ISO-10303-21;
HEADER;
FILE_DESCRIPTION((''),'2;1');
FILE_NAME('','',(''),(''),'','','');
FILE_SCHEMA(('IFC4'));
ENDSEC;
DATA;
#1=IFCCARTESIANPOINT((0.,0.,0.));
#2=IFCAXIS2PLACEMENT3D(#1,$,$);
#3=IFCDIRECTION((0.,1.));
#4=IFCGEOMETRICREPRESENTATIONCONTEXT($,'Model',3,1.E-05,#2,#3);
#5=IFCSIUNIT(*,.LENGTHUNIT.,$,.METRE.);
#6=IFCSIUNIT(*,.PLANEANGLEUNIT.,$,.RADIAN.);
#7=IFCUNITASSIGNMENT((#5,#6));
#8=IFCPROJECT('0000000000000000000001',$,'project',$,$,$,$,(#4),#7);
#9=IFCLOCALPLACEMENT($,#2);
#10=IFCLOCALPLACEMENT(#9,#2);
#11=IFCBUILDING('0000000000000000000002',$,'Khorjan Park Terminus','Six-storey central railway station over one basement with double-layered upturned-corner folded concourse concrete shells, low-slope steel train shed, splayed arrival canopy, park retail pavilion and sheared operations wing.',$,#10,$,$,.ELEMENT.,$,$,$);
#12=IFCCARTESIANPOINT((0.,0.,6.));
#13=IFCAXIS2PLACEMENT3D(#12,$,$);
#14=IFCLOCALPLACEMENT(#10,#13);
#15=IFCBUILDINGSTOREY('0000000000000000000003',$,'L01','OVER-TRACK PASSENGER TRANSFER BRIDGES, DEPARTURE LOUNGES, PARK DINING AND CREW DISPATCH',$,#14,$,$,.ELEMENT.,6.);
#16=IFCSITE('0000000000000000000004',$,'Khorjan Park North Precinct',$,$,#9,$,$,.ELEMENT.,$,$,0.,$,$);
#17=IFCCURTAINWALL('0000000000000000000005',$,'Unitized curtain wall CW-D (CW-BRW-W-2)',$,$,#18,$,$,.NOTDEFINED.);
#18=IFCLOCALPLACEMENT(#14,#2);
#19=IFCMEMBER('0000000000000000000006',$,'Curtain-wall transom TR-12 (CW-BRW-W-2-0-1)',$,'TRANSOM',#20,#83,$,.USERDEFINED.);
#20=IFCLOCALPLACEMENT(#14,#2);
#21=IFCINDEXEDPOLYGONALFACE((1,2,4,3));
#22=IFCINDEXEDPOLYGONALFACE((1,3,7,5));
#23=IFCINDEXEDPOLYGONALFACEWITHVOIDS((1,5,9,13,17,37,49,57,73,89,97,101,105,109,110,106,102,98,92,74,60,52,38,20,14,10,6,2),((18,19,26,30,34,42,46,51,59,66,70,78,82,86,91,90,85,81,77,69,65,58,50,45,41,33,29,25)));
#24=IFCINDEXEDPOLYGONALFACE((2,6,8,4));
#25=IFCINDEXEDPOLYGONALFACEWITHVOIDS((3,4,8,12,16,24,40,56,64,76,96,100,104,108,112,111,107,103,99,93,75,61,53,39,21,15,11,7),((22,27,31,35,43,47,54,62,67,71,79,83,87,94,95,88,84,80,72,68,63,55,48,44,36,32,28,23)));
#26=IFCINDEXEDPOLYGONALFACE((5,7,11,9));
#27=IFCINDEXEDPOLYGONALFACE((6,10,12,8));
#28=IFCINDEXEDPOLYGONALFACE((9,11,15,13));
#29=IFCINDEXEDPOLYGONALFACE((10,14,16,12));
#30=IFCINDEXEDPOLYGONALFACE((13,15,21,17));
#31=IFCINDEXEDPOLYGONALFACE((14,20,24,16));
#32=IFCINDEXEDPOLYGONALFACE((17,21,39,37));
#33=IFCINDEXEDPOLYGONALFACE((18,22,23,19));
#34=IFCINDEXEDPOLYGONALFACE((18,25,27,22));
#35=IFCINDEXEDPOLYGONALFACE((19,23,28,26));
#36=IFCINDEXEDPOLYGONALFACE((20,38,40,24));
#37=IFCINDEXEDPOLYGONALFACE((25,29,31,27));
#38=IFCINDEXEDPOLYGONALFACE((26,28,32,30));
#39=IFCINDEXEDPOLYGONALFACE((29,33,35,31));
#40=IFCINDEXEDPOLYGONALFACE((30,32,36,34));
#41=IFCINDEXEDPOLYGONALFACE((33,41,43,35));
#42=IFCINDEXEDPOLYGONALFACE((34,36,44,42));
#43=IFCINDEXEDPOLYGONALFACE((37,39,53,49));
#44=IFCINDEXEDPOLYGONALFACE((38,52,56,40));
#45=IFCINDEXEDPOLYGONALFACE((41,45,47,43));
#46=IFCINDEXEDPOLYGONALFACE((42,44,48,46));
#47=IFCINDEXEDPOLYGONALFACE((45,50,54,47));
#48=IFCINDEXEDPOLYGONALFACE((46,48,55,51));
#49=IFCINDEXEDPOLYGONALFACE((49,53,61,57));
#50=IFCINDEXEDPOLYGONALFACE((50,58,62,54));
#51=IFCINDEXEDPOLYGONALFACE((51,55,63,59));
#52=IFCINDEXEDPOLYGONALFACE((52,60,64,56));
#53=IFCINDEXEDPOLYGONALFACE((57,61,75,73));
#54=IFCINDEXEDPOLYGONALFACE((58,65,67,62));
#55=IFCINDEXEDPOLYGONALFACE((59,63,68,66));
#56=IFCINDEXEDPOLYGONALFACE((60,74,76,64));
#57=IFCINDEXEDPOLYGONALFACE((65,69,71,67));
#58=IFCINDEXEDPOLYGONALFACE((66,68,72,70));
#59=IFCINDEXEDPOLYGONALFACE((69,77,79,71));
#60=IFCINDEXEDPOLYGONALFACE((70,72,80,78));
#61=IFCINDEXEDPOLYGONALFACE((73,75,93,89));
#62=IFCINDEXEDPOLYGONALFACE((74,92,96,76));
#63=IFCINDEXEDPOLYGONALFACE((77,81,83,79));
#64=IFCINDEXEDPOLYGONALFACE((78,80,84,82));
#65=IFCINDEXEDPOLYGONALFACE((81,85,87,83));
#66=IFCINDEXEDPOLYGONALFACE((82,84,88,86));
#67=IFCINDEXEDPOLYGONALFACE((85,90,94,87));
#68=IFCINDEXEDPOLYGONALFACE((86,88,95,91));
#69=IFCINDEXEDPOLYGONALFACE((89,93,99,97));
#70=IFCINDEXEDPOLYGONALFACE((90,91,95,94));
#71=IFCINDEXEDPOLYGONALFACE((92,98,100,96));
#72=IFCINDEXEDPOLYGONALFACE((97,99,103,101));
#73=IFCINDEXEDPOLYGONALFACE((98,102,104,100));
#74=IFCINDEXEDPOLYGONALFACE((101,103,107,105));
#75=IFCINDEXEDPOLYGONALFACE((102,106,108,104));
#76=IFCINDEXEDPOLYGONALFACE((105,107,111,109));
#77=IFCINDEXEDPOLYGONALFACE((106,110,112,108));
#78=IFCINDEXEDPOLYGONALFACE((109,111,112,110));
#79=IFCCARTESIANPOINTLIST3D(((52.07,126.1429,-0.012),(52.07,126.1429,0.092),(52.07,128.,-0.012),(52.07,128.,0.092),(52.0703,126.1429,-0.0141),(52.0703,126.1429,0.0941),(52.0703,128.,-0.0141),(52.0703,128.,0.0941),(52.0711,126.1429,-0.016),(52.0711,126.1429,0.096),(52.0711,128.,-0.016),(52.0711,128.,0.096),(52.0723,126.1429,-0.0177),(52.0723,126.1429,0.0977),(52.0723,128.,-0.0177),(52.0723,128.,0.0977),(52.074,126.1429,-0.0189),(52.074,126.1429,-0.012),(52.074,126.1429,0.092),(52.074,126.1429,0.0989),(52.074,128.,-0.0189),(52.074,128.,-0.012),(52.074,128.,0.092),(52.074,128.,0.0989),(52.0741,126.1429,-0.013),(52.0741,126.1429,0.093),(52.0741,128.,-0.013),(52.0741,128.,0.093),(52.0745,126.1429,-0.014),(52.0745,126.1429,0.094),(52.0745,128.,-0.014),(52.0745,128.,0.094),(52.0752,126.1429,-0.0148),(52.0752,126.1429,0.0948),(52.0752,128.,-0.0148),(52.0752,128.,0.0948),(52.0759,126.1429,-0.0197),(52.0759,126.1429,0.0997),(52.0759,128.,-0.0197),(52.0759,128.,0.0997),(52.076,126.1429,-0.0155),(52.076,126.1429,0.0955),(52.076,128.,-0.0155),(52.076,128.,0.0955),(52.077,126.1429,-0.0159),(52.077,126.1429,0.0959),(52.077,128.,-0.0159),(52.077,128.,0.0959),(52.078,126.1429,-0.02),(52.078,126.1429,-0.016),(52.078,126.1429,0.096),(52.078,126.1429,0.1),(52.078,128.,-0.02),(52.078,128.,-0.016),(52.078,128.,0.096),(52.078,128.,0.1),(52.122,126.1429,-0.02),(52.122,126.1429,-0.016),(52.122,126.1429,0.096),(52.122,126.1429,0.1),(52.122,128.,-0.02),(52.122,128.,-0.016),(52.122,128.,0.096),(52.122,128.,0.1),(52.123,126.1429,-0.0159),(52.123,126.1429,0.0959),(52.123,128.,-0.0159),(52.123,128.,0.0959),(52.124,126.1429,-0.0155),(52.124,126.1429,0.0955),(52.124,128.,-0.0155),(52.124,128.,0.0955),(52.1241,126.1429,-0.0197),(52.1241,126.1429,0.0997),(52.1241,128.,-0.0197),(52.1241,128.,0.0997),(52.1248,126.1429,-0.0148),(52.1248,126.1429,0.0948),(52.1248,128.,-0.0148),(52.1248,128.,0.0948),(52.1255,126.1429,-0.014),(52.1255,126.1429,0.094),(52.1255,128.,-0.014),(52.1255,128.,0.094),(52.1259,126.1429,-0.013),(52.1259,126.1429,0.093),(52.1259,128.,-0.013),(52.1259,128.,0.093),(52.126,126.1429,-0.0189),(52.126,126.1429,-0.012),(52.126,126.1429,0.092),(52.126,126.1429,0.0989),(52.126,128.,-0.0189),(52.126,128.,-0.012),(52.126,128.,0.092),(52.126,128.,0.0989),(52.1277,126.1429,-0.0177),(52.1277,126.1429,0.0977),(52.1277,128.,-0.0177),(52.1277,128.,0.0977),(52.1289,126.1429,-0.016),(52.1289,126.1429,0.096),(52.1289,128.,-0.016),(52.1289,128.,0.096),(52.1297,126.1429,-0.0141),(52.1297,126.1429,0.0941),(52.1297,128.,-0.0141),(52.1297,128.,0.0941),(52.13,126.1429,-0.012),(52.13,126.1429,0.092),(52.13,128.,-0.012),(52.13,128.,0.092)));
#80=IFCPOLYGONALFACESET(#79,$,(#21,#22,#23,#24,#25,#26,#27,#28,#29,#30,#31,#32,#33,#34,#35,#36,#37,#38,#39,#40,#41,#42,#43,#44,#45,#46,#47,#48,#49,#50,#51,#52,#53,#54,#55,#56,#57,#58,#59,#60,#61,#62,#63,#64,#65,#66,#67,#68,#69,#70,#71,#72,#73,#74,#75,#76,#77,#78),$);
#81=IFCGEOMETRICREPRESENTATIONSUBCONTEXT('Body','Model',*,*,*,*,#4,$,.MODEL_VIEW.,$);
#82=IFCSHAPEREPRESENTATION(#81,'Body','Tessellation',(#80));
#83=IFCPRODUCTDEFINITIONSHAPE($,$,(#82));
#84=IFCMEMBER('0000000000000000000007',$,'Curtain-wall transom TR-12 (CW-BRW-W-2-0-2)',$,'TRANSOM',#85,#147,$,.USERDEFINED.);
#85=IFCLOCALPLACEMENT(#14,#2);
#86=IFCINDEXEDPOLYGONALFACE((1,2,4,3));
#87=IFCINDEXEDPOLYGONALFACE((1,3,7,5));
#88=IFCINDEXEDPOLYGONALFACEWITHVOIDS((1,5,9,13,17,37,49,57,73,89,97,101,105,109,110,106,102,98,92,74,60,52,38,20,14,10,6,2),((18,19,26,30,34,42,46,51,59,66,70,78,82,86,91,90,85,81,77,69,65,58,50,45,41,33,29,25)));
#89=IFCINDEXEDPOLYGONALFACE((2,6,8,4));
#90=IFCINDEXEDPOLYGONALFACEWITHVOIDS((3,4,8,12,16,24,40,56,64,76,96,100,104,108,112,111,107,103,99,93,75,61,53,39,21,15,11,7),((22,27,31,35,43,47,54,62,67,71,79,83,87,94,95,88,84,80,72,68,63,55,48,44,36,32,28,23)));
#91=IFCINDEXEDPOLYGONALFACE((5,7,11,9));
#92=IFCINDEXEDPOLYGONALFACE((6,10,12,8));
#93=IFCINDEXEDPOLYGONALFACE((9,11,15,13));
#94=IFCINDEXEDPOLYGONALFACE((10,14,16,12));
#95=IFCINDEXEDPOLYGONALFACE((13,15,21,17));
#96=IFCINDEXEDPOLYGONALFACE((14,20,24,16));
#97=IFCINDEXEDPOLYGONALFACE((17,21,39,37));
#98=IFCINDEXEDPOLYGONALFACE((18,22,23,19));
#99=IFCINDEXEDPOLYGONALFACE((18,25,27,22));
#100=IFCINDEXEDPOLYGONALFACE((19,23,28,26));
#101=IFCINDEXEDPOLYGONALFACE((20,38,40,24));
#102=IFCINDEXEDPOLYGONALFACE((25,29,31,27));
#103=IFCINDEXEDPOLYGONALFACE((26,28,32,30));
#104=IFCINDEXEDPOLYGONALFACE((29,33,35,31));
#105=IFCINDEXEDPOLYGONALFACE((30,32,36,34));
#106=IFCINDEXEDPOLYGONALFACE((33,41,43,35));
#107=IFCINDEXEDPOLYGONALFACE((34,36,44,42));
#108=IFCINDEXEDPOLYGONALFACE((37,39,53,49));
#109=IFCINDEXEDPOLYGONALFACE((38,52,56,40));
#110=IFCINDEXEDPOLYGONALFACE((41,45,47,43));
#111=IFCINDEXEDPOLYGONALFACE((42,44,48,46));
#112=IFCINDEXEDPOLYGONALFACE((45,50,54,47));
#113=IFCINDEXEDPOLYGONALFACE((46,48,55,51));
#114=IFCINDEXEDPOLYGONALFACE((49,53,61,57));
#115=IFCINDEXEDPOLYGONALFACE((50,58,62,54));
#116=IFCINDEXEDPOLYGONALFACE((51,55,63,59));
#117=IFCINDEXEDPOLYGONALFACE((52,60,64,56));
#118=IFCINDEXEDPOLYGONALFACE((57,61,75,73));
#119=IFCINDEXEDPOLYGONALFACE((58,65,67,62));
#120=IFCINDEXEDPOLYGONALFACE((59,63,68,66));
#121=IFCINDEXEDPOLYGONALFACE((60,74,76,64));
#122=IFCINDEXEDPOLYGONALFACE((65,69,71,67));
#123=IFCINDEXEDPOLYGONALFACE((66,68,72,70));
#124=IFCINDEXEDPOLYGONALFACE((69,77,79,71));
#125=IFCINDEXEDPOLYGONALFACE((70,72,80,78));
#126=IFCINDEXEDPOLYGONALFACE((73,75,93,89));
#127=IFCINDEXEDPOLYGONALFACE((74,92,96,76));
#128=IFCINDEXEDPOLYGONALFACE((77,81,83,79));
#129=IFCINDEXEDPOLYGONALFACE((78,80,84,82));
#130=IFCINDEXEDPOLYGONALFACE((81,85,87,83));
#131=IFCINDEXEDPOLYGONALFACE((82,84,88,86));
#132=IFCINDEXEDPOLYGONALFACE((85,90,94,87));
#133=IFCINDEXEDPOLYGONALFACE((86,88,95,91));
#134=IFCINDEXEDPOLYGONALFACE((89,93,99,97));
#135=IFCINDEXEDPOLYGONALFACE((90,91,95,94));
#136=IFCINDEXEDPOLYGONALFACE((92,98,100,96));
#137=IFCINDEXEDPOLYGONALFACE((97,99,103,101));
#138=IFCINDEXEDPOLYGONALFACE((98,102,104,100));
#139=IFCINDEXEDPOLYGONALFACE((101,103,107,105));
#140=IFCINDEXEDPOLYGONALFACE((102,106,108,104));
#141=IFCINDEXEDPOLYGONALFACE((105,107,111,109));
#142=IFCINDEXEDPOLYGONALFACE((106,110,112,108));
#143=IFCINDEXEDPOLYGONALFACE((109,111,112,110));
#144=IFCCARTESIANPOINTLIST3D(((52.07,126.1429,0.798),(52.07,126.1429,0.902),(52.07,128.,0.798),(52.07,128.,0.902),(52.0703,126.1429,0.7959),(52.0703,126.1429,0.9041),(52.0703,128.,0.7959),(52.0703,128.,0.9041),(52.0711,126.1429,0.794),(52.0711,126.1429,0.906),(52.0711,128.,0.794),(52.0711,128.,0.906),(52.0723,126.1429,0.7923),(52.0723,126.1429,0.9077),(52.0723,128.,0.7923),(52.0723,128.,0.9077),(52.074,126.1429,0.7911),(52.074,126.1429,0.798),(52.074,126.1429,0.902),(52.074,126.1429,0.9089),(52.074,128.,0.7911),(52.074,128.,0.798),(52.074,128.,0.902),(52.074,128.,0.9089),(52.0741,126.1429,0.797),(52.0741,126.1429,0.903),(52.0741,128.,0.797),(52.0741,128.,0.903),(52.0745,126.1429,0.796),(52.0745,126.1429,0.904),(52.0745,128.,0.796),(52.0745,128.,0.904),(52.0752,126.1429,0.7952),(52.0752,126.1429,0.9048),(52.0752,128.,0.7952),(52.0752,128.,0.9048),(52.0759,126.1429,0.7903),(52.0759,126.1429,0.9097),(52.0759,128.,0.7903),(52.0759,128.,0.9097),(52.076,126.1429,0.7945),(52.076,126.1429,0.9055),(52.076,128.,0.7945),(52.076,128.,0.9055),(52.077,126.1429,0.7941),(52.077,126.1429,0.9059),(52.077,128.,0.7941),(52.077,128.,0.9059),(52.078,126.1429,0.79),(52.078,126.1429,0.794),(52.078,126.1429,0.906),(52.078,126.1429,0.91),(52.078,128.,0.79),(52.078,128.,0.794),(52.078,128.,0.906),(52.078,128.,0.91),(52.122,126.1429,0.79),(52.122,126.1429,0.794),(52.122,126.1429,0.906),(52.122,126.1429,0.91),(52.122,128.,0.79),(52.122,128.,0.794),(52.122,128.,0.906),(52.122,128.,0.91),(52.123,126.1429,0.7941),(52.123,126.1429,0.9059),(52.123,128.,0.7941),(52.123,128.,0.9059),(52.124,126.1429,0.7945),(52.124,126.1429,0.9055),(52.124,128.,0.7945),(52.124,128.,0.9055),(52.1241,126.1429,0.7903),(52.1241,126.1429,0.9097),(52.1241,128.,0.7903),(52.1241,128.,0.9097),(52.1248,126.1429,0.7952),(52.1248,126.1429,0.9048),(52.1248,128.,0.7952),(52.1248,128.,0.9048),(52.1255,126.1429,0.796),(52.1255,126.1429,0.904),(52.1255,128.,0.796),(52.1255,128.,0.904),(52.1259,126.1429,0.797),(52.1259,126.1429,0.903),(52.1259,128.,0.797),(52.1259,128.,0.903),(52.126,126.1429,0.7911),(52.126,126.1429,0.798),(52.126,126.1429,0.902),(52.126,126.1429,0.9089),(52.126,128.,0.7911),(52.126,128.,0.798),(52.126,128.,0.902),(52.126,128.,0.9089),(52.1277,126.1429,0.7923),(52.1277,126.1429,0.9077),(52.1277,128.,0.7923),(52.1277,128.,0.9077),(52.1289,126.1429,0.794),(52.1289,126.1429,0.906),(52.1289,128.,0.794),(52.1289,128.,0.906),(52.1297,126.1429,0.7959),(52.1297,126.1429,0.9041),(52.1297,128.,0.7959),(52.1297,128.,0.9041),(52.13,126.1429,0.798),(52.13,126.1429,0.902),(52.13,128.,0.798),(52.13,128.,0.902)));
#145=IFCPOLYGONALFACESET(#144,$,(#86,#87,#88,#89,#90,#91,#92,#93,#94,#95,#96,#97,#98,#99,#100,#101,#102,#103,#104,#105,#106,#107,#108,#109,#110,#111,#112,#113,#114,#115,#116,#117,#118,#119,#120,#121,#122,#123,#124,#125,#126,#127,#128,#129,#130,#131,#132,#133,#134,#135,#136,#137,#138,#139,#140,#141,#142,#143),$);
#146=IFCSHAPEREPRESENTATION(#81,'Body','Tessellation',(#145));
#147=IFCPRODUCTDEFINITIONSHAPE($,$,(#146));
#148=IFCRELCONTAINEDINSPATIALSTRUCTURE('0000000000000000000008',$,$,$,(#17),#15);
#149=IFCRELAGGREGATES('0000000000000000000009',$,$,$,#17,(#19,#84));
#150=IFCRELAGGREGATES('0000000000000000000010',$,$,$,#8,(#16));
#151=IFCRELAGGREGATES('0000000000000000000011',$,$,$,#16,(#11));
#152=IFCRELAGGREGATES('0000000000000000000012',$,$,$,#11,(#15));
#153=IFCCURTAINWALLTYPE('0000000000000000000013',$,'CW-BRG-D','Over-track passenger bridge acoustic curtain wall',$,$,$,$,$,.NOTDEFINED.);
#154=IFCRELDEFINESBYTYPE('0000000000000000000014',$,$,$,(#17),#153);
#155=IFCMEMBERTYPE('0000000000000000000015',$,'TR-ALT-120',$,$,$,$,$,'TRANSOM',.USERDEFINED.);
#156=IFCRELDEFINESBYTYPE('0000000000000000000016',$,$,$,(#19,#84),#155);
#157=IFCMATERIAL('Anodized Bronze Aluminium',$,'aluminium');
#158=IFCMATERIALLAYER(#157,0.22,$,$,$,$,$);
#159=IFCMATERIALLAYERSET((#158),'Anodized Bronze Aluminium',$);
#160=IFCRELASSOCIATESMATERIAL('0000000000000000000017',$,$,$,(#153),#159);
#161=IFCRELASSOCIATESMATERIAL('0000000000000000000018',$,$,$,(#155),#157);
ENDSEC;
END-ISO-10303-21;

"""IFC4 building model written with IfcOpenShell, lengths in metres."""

from ifc_helpers import new_model, si_unit, direction, frame, origin, origin_2d, place, context, subcontext, project, spatial, hollow_rectangle, extrude, material, layer, layer_set, material_profile, profile_set, type_object, element, aggregate, save


model = new_model("IFC4")

# Units and contexts
model_context = context("Model", 3, precision=1e-05, world=origin(), true_north=direction((0.0, 1.0)))
body_context = subcontext(model_context, "Body", "Model", "MODEL_VIEW")
ifc_project = project(units=[si_unit("LENGTHUNIT", "METRE"), si_unit("PLANEANGLEUNIT", "RADIAN")], contexts=[model_context])

# Site, building, storey
site_placement = place(None, origin())
site = spatial("IfcSite", under=ifc_project, at=site_placement, Name="Khorjan Park North Precinct", CompositionType="ELEMENT", RefElevation=0.0)
building_placement = place(site_placement, origin())
building = spatial("IfcBuilding", under=site, at=building_placement, Name="Khorjan Park Terminus", Description="Six-storey central railway station over one basement with double-layered upturned-corner folded concourse concrete shells, low-slope steel train shed, splayed arrival canopy, park retail pavilion and sheared operations wing.", CompositionType="ELEMENT")
storey_placement = place(building_placement, frame((0.0, 0.0, 6.0)))
storey = spatial("IfcBuildingStorey", under=building, at=storey_placement, Name="L01", Description="OVER-TRACK PASSENGER TRANSFER BRIDGES, DEPARTURE LOUNGES, PARK DINING AND CREW DISPATCH", CompositionType="ELEMENT", Elevation=6.0)

# Curtain wall
ifc_material_1 = material(Name="Anodized Bronze Aluminium", Category="aluminium")
ifc_layer_1 = layer(ifc_material_1, 0.22)
ifc_layer_set_1 = layer_set([ifc_layer_1], Name="Anodized Bronze Aluminium")
curtain_wall_type = type_object("IfcCurtainWallType", Name="CW-BRG-D", Description="Over-track passenger bridge acoustic curtain wall", PredefinedType="NOTDEFINED", material=ifc_layer_set_1)
curtain_wall_1_placement = place(storey_placement, origin())
curtain_wall_1 = element("IfcCurtainWall", 1, at=curtain_wall_1_placement, inside=storey, type_object=curtain_wall_type, Name="Unitized curtain wall CW-D (CW-BRW-W-2)", PredefinedType="NOTDEFINED")

# Members
ifc_material_profile_1 = material_profile(ifc_material_1, hollow_rectangle(XDim=0.06, YDim=0.12, WallThickness=0.004, InnerFilletRadius=0.004, OuterFilletRadius=0.008, at=origin_2d()), Name="ALT 60x120x4")
ifc_profile_set_1 = profile_set([ifc_material_profile_1], Name="Anodized Bronze Aluminium")
member_type_1 = type_object("IfcMemberType", Name="TR-ALT-120", ElementType="TRANSOM", PredefinedType="USERDEFINED", material=ifc_profile_set_1)
member_1_placement = place(storey_placement, frame((52.1, 128.0, 0.04), z_axis=(0.0, -1.0, 0.0), x_axis=(1.0, 0.0, 0.0)))
member_1 = element("IfcMember", 2, at=member_1_placement, type_object=member_type_1, Name="Curtain-wall transom TR-12 (CW-BRW-W-2-0-1)", ObjectType="TRANSOM", PredefinedType="USERDEFINED", context=body_context, shape_type="SweptSolid", body=[
    extrude(hollow_rectangle(XDim=0.06, YDim=0.12, WallThickness=0.004, InnerFilletRadius=0.004, OuterFilletRadius=0.008, at=origin_2d()), origin(), (0.0, 0.0, 1.0), 1.8571),
])
member_2_placement = place(storey_placement, frame((52.1, 128.0, 0.85), z_axis=(0.0, -1.0, 0.0), x_axis=(1.0, 0.0, 0.0)))
member_2 = element("IfcMember", 3, at=member_2_placement, type_object=member_type_1, Name="Curtain-wall transom TR-12 (CW-BRW-W-2-0-2)", ObjectType="TRANSOM", PredefinedType="USERDEFINED", context=body_context, shape_type="SweptSolid", body=[
    extrude(hollow_rectangle(XDim=0.06, YDim=0.12, WallThickness=0.004, InnerFilletRadius=0.004, OuterFilletRadius=0.008, at=origin_2d()), origin(), (0.0, 0.0, 1.0), 1.8571),
])

aggregate(curtain_wall_1, [member_1, member_2])

save(model, "model.ifc")
